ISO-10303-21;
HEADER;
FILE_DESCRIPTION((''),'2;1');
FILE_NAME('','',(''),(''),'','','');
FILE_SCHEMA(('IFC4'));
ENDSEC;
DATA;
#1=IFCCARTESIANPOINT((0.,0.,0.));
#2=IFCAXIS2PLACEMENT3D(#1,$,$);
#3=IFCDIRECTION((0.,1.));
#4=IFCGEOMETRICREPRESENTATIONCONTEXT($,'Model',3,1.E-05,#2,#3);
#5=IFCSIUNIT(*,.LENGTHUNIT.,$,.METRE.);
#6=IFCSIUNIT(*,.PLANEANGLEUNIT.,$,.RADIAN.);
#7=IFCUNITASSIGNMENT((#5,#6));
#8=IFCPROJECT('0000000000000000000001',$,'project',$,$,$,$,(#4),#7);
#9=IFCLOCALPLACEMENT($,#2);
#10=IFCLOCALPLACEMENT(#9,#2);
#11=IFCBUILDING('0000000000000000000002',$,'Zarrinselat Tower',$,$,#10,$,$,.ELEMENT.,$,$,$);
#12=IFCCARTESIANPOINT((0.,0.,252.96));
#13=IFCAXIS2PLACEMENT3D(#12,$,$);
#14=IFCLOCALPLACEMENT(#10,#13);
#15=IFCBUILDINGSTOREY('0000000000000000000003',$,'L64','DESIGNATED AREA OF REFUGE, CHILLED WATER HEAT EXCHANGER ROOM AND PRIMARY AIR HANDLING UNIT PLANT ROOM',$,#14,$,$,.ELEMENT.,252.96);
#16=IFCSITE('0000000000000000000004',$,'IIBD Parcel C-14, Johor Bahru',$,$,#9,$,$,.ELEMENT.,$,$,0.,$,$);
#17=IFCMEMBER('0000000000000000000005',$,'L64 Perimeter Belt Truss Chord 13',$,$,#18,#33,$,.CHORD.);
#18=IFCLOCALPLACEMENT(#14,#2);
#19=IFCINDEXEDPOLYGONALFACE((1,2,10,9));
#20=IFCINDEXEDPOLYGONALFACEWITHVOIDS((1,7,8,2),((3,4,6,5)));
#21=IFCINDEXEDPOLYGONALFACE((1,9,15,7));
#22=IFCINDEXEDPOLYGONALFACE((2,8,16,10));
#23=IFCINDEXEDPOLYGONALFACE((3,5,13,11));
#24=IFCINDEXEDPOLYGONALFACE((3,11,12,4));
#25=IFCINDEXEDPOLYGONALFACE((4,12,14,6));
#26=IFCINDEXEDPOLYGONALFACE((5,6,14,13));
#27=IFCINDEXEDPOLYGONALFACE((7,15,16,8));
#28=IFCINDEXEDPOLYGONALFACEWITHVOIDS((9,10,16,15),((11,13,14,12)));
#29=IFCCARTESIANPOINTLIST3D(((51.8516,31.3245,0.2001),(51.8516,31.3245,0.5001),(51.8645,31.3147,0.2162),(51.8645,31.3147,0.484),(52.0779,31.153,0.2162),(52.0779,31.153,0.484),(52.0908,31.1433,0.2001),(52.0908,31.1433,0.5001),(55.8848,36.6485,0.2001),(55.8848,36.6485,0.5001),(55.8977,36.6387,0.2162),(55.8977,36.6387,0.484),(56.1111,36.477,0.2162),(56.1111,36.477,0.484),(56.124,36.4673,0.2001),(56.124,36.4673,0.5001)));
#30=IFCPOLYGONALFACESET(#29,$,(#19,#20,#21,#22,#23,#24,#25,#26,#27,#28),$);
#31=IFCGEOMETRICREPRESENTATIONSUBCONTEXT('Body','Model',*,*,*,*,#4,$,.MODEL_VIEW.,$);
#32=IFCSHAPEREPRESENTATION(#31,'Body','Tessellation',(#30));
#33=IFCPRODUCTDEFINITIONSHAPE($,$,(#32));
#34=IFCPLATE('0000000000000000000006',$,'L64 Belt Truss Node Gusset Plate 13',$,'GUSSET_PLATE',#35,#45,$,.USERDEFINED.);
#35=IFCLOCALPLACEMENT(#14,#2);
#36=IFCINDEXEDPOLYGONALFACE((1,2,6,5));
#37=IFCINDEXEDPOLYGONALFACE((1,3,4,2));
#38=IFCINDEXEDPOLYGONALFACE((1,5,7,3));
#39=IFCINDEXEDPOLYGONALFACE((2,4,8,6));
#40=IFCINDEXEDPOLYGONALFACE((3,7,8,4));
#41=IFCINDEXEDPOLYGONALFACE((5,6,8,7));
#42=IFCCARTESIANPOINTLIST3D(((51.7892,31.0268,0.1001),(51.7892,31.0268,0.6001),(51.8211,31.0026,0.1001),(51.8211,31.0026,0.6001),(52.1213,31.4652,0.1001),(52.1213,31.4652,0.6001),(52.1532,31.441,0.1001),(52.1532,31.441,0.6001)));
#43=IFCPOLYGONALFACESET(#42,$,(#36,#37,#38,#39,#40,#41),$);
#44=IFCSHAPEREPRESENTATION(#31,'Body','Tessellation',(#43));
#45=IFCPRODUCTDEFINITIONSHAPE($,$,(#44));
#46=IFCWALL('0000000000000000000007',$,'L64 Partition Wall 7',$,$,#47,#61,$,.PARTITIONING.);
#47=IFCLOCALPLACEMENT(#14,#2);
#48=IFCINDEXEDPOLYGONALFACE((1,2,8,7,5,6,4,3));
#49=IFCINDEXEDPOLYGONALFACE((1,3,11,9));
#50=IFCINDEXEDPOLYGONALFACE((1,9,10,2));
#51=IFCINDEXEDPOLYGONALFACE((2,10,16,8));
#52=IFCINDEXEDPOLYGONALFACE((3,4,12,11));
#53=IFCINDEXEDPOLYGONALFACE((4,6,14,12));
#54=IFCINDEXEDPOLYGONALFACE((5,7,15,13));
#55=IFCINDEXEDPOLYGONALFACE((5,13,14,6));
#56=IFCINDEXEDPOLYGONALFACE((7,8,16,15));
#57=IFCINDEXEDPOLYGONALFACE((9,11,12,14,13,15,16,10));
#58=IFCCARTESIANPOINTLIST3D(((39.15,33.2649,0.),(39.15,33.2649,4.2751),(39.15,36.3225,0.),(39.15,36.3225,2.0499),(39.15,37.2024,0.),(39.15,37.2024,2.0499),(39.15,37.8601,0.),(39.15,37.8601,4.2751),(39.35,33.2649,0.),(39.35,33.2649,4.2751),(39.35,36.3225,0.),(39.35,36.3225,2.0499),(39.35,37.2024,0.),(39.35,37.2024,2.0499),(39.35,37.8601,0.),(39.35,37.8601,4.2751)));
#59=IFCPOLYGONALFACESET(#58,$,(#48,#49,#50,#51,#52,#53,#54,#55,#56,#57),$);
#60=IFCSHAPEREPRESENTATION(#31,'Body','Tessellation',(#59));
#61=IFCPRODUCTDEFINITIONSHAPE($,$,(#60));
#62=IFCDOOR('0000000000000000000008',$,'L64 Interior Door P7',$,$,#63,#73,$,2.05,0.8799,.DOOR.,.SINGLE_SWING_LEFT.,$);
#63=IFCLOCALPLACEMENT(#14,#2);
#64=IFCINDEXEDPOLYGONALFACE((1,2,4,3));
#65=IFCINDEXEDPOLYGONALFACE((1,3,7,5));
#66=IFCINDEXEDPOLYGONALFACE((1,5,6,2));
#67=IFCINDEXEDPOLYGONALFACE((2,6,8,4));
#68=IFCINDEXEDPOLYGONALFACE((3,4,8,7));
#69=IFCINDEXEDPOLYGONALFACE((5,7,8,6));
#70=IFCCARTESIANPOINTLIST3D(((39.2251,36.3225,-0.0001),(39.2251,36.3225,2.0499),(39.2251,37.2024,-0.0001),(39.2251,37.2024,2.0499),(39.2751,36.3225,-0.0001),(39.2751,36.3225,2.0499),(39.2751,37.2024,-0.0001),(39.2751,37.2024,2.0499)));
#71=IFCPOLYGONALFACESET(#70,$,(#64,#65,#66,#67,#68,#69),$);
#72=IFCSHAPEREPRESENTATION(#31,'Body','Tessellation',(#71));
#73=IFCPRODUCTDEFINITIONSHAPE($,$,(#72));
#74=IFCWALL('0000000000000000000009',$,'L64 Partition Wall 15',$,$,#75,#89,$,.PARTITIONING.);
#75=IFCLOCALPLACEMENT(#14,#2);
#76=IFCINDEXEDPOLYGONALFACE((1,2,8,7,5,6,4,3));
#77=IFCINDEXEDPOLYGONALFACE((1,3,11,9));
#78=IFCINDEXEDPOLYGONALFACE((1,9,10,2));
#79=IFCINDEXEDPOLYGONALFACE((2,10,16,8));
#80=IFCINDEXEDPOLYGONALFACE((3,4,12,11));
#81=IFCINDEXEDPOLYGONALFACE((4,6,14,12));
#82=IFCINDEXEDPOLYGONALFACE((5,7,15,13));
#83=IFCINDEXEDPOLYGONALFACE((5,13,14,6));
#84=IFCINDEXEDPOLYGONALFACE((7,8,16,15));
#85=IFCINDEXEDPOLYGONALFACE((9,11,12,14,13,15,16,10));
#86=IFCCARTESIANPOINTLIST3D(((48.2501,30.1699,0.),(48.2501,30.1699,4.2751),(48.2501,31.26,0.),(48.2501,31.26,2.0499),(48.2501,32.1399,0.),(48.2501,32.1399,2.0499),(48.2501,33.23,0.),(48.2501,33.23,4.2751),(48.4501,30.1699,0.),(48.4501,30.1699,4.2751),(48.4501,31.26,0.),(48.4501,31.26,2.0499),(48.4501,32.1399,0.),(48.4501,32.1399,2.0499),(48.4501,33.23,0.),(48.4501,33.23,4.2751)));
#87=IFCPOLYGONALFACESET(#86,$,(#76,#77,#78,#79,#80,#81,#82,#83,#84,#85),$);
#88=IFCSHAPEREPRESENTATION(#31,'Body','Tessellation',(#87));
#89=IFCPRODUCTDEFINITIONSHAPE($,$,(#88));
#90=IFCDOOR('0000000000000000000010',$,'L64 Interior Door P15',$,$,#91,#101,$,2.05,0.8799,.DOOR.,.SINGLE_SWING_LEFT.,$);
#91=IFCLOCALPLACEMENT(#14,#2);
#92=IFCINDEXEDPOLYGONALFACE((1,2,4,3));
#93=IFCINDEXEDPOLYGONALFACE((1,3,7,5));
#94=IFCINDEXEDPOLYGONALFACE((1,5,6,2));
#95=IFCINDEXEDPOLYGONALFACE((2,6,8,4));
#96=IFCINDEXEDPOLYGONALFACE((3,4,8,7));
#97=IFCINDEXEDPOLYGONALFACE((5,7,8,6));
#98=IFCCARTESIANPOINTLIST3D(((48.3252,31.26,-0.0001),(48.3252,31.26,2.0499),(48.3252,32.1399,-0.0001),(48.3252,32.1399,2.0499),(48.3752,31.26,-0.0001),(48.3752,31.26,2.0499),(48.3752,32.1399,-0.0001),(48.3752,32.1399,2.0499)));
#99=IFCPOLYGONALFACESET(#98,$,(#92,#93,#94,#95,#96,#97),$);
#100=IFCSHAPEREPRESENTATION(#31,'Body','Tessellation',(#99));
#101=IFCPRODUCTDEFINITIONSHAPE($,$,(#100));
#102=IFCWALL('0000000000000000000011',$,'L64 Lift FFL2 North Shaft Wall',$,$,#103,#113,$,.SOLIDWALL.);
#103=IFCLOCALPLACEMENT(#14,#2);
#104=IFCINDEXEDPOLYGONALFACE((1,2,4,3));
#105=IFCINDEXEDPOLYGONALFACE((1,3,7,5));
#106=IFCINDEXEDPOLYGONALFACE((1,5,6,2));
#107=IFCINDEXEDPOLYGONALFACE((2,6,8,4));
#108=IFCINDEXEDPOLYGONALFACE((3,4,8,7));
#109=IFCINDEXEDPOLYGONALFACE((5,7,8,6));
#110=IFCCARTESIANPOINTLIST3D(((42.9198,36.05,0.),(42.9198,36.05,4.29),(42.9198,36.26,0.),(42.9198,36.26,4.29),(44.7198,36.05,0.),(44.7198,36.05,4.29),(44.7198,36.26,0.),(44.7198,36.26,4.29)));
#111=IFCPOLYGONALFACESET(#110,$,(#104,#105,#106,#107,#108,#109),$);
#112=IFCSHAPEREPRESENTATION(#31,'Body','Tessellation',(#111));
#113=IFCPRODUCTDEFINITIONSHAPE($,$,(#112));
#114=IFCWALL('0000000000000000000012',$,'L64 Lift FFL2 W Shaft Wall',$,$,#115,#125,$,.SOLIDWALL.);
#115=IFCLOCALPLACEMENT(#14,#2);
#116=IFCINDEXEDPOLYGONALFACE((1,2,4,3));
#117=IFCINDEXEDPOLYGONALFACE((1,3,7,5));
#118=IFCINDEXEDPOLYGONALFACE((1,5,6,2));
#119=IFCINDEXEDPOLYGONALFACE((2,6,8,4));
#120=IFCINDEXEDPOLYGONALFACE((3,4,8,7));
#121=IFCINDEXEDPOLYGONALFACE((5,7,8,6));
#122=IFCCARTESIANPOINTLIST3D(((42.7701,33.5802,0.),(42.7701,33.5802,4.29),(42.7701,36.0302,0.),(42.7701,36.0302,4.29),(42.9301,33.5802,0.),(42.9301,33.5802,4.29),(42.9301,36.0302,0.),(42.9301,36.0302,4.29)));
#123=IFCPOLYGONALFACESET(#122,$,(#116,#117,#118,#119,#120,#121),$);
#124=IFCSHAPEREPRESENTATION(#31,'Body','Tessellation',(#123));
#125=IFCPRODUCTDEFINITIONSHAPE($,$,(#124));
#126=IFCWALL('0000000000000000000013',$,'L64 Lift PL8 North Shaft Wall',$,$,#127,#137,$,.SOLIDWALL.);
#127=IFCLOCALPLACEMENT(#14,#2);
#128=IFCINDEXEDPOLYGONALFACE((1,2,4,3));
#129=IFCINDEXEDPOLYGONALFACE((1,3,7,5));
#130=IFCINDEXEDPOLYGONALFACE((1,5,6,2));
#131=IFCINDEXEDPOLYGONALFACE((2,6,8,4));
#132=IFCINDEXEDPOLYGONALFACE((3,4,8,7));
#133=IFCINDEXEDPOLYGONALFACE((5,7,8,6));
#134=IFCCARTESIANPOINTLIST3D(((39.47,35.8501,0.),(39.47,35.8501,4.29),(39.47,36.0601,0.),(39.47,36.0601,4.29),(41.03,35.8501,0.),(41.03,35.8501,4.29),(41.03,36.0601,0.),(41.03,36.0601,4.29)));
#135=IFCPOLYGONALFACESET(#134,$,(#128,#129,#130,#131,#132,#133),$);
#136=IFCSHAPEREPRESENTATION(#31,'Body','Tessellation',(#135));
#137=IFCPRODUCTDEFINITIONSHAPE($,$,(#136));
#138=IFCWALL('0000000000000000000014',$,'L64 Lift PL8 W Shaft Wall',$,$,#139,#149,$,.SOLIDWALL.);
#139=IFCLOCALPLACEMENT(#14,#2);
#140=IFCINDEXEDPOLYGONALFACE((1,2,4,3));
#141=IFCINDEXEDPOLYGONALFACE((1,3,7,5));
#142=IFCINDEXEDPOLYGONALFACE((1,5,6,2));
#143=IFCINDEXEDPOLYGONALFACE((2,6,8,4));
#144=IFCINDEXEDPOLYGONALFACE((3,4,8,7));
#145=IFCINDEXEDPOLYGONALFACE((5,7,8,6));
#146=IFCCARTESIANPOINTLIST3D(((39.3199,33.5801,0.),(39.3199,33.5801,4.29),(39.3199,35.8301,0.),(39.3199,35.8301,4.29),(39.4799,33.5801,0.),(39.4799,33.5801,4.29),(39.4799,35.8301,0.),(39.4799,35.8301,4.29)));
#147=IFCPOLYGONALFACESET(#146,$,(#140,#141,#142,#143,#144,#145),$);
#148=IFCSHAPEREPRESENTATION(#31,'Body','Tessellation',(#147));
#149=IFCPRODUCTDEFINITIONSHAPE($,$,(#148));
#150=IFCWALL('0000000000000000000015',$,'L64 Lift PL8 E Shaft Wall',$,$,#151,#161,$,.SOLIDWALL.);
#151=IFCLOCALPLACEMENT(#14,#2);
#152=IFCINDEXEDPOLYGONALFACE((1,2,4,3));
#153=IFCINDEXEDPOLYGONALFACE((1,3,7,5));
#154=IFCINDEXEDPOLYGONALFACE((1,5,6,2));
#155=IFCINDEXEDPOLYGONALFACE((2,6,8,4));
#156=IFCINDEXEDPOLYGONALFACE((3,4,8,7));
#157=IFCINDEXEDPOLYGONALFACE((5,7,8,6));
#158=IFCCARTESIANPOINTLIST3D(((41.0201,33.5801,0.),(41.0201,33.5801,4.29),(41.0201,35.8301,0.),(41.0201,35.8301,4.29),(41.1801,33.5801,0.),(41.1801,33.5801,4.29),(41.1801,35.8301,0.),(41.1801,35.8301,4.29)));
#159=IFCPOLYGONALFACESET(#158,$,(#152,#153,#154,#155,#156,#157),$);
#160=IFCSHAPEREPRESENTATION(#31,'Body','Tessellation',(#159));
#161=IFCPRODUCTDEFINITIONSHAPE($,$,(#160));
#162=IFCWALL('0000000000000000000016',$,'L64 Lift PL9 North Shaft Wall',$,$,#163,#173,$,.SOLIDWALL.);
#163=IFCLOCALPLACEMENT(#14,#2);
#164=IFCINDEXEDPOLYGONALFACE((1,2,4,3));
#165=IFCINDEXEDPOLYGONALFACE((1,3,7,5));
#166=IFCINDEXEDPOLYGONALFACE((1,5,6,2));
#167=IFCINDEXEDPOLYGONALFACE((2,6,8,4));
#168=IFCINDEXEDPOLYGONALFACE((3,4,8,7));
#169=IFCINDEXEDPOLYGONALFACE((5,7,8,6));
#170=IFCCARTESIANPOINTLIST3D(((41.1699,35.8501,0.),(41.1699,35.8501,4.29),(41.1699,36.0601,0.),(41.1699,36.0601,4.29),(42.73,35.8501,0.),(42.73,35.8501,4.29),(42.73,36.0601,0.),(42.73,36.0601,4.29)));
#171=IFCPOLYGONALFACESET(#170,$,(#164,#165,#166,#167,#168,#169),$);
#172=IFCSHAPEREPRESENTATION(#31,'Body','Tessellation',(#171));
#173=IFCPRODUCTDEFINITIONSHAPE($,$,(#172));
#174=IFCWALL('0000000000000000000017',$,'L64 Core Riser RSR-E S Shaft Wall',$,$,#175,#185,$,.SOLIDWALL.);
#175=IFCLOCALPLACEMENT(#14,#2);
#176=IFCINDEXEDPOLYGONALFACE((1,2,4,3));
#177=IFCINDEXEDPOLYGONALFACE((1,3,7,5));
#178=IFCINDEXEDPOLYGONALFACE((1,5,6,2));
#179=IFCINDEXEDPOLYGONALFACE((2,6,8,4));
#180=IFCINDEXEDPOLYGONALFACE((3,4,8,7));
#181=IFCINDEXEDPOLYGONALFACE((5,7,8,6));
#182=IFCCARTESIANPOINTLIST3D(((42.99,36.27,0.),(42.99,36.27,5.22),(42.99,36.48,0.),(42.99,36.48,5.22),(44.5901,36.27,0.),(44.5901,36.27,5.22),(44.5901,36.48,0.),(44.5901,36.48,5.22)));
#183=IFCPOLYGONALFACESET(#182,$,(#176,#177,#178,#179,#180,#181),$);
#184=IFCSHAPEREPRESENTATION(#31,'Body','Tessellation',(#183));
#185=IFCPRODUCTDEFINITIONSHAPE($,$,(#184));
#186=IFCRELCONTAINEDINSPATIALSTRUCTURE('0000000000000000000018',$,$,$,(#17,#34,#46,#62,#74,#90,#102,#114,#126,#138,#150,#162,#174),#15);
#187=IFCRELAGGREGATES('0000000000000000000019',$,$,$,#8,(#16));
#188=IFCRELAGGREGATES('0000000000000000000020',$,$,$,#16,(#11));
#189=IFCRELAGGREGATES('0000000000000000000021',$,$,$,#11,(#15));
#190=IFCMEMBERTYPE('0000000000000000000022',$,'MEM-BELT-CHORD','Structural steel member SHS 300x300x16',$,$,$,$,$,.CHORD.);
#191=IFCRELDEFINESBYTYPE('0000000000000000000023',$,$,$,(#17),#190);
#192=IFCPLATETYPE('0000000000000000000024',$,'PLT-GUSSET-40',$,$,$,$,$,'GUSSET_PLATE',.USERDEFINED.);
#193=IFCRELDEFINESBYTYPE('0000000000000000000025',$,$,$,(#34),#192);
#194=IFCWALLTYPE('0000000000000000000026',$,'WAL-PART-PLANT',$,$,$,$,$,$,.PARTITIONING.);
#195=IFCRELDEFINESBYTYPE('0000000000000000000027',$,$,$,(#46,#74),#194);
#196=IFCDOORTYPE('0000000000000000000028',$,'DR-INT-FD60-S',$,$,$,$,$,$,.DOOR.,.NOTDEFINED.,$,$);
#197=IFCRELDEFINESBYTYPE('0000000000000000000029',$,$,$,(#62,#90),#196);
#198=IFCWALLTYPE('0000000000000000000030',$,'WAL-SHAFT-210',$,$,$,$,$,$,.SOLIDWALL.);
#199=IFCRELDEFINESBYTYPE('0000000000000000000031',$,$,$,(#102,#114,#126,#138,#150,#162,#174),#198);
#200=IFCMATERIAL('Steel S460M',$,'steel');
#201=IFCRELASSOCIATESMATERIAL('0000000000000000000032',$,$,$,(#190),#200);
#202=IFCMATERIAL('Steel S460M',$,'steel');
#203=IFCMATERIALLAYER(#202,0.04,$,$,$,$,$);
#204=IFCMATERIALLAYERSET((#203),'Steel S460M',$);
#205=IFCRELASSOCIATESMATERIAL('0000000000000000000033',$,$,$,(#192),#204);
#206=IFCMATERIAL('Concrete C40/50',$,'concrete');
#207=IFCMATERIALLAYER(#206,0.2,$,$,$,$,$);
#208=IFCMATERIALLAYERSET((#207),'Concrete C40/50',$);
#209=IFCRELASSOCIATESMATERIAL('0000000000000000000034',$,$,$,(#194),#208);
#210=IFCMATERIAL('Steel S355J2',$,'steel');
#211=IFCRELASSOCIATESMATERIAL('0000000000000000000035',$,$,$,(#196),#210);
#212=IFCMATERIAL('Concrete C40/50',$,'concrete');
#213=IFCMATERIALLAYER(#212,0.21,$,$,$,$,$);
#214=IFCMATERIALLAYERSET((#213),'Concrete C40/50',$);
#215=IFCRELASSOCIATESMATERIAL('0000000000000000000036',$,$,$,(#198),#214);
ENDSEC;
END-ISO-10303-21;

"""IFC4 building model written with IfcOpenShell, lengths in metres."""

from ifc_helpers import new_model, si_unit, direction, frame, frame_2d, origin, origin_2d, place, context, subcontext, project, spatial, rectangle, hollow_rectangle, extrude, material, layer, layer_set, material_profile, profile_set, type_object, element, fill, save


model = new_model("IFC4")

# Units and contexts
model_context = context("Model", 3, precision=1e-05, world=origin(), true_north=direction((0.0, 1.0)))
body_context = subcontext(model_context, "Body", "Model", "MODEL_VIEW")
ifc_project = project(units=[si_unit("LENGTHUNIT", "METRE"), si_unit("PLANEANGLEUNIT", "RADIAN")], contexts=[model_context])

# Site, building, storey
site_placement = place(None, origin())
site = spatial("IfcSite", under=ifc_project, at=site_placement, Name="IIBD Parcel C-14, Johor Bahru", CompositionType="ELEMENT", RefElevation=0.0)
building_placement = place(site_placement, origin())
building = spatial("IfcBuilding", under=site, at=building_placement, Name="Zarrinselat Tower", CompositionType="ELEMENT")
storey_placement = place(building_placement, frame((0.0, 0.0, 252.96)))
storey = spatial("IfcBuildingStorey", under=building, at=storey_placement, Name="L64", Description="DESIGNATED AREA OF REFUGE, CHILLED WATER HEAT EXCHANGER ROOM AND PRIMARY AIR HANDLING UNIT PLANT ROOM", CompositionType="ELEMENT", Elevation=252.96)

# Member
ifc_material_1 = material(Name="Steel S460M", Category="steel")
ifc_material_profile_1 = material_profile(ifc_material_1, hollow_rectangle(XDim=0.3, YDim=0.3, WallThickness=0.0161, at=origin_2d()), Name="SHS 300x300x16")
ifc_profile_set_1 = profile_set([ifc_material_profile_1], Name="Steel S460M")
member_type_1 = type_object("IfcMemberType", Name="MEM-BELT-CHORD", Description="Structural steel member SHS 300x300x16", PredefinedType="CHORD", material=ifc_profile_set_1)
member_1_placement = place(storey_placement, frame((51.9712, 31.2339, 0.3501), z_axis=(0.603847, 0.7971, 0.0), x_axis=(-0.7971, 0.603847, 0.0)))
element("IfcMember", 1, at=member_1_placement, inside=storey, type_object=member_type_1, Name="L64 Perimeter Belt Truss Chord 13", PredefinedType="CHORD", context=body_context, shape_type="SweptSolid", body=[
    extrude(hollow_rectangle(XDim=0.3, YDim=0.3, WallThickness=0.0161, at=origin_2d()), origin(), (0.0, 0.0, 1.0), 6.6792),
])

# Plate
ifc_material_2 = material(Name="Steel S460M", Category="steel")
ifc_layer_1 = layer(ifc_material_2, 0.04)
ifc_layer_set_1 = layer_set([ifc_layer_1], Name="Steel S460M")
plate_type = type_object("IfcPlateType", Name="PLT-GUSSET-40", ElementType="GUSSET_PLATE", PredefinedType="USERDEFINED", material=ifc_layer_set_1)
plate_placement = place(storey_placement, frame((51.9712, 31.2339, 0.1001), z_axis=(0.0, 0.0, 1.0), x_axis=(0.603856, 0.797093, 0.0)))
element("IfcPlate", 2, at=plate_placement, inside=storey, type_object=plate_type, Name="L64 Belt Truss Node Gusset Plate 13", ObjectType="GUSSET_PLATE", PredefinedType="USERDEFINED", context=body_context, shape_type="SweptSolid", body=[
    extrude(rectangle(XDim=0.55, YDim=0.04, at=origin_2d()), origin(), (0.0, 0.0, 1.0), 0.5),
])

# Walls, openings, doors
ifc_material_3 = material(Name="Concrete C40/50", Category="concrete")
ifc_layer_2 = layer(ifc_material_3, 0.2)
ifc_layer_set_2 = layer_set([ifc_layer_2], Name="Concrete C40/50")
wall_type_1 = type_object("IfcWallType", Name="WAL-PART-PLANT", PredefinedType="PARTITIONING", material=ifc_layer_set_2)
wall_1_placement = place(storey_placement, frame((39.25, 33.2649, 0.0), z_axis=(0.0, 0.0, 1.0), x_axis=(0.0, 1.0, 0.0)))
wall_1 = element("IfcWall", 3, at=wall_1_placement, inside=storey, type_object=wall_type_1, Name="L64 Partition Wall 7", PredefinedType="PARTITIONING", context=body_context, shape_type="SweptSolid", body=[
    extrude(rectangle(XDim=4.5952, YDim=0.2, at=frame_2d((2.2976, 0.0))), origin(), (0.0, 0.0, 1.0), 4.2751),
])
opening_1_placement = place(wall_1_placement, frame((3.0576, 0.0, 0.0)))
opening_1 = element("IfcOpeningElement", 4, at=opening_1_placement, cuts=wall_1, PredefinedType="OPENING", context=body_context, shape_type="SweptSolid", body=[
    extrude(rectangle(XDim=0.8799, YDim=2.05, at=frame_2d((0.4399, 1.0249))), frame((0.0, 0.1099, 0.0), z_axis=(0.0, -1.0, 0.0), x_axis=(1.0, 0.0, 0.0)), (0.0, 0.0, 1.0), 0.22),
])
ifc_material_4 = material(Name="Steel S355J2", Category="steel")
door_type = type_object("IfcDoorType", Name="DR-INT-FD60-S", OperationType="NOTDEFINED", PredefinedType="DOOR", material=ifc_material_4)
door_1_placement = place(opening_1_placement, origin())
door_1 = element("IfcDoor", 5, at=door_1_placement, inside=storey, type_object=door_type, Name="L64 Interior Door P7", OperationType="SINGLE_SWING_LEFT", OverallHeight=2.05, OverallWidth=0.8799, PredefinedType="DOOR", context=body_context, shape_type="SweptSolid", body=[
    extrude(rectangle(XDim=0.8799, YDim=2.05, at=frame_2d((0.4399, 1.0249))), frame((0.0, 0.0249, 0.0), z_axis=(0.0, -1.0, 0.0), x_axis=(1.0, 0.0, 0.0)), (0.0, 0.0, 1.0), 0.05),
])
fill(opening_1, door_1)
wall_2_placement = place(storey_placement, frame((48.3501, 30.1699, 0.0), z_axis=(0.0, 0.0, 1.0), x_axis=(0.0, 1.0, 0.0)))
wall_2 = element("IfcWall", 6, at=wall_2_placement, inside=storey, type_object=wall_type_1, Name="L64 Partition Wall 15", PredefinedType="PARTITIONING", context=body_context, shape_type="SweptSolid", body=[
    extrude(rectangle(XDim=3.0601, YDim=0.2, at=frame_2d((1.53, 0.0))), origin(), (0.0, 0.0, 1.0), 4.2751),
])
opening_2_placement = place(wall_2_placement, frame((1.0901, 0.0, 0.0)))
opening_2 = element("IfcOpeningElement", 7, at=opening_2_placement, cuts=wall_2, PredefinedType="OPENING", context=body_context, shape_type="SweptSolid", body=[
    extrude(rectangle(XDim=0.8799, YDim=2.05, at=frame_2d((0.4399, 1.0249))), frame((0.0, 0.1099, 0.0), z_axis=(0.0, -1.0, 0.0), x_axis=(1.0, 0.0, 0.0)), (0.0, 0.0, 1.0), 0.22),
])
door_2_placement = place(opening_2_placement, origin())
door_2 = element("IfcDoor", 8, at=door_2_placement, inside=storey, type_object=door_type, Name="L64 Interior Door P15", OperationType="SINGLE_SWING_LEFT", OverallHeight=2.05, OverallWidth=0.8799, PredefinedType="DOOR", context=body_context, shape_type="SweptSolid", body=[
    extrude(rectangle(XDim=0.8799, YDim=2.05, at=frame_2d((0.4399, 1.0249))), frame((0.0, 0.0249, 0.0), z_axis=(0.0, -1.0, 0.0), x_axis=(1.0, 0.0, 0.0)), (0.0, 0.0, 1.0), 0.05),
])
fill(opening_2, door_2)

# Walls
ifc_material_5 = material(Name="Concrete C40/50", Category="concrete")
ifc_layer_3 = layer(ifc_material_5, 0.21)
ifc_layer_set_3 = layer_set([ifc_layer_3], Name="Concrete C40/50")
wall_type_2 = type_object("IfcWallType", Name="WAL-SHAFT-210", PredefinedType="SOLIDWALL", material=ifc_layer_set_3)
wall_3_placement = place(storey_placement, frame((42.9199, 36.155, 0.0), z_axis=(0.0, 0.0, 1.0), x_axis=(1.0, 0.0, 0.0)))
element("IfcWall", 9, at=wall_3_placement, inside=storey, type_object=wall_type_2, Name="L64 Lift FFL2 North Shaft Wall", PredefinedType="SOLIDWALL", context=body_context, shape_type="SweptSolid", body=[
    extrude(rectangle(XDim=1.8, YDim=0.21, at=frame_2d((0.8999, 0.0))), origin(), (0.0, 0.0, 1.0), 4.29),
])
wall_4_placement = place(storey_placement, frame((42.8501, 33.5801, 0.0), z_axis=(0.0, 0.0, 1.0), x_axis=(0.0, 1.0, 0.0)))
element("IfcWall", 10, at=wall_4_placement, inside=storey, type_object=wall_type_2, Name="L64 Lift FFL2 W Shaft Wall", PredefinedType="SOLIDWALL", context=body_context, shape_type="SweptSolid", body=[
    extrude(rectangle(XDim=2.45, YDim=0.1599, at=frame_2d((1.2251, 0.0))), origin(), (0.0, 0.0, 1.0), 4.29),
])
wall_5_placement = place(storey_placement, frame((39.47, 35.9551, 0.0), z_axis=(0.0, 0.0, 1.0), x_axis=(1.0, 0.0, 0.0)))
element("IfcWall", 11, at=wall_5_placement, inside=storey, type_object=wall_type_2, Name="L64 Lift PL8 North Shaft Wall", PredefinedType="SOLIDWALL", context=body_context, shape_type="SweptSolid", body=[
    extrude(rectangle(XDim=1.5601, YDim=0.21, at=frame_2d((0.78, 0.0))), origin(), (0.0, 0.0, 1.0), 4.29),
])
for number, where, z_axis, x_axis, name in (
    (12, (39.3999, 33.5801, 0.0), (0.0, 0.0, 1.0), (0.0, 1.0, 0.0), "L64 Lift PL8 W Shaft Wall"),
    (13, (41.1001, 33.5801, 0.0), (0.0, 0.0, 1.0), (0.0, 1.0, 0.0), "L64 Lift PL8 E Shaft Wall"),
):
    element("IfcWall", number, at=place(storey_placement, frame(where, z_axis=z_axis, x_axis=x_axis)), inside=storey, type_object=wall_type_2, Name=name, PredefinedType="SOLIDWALL", context=body_context, shape_type="SweptSolid", body=[
        extrude(rectangle(XDim=2.25, YDim=0.1599, at=frame_2d((1.125, 0.0))), origin(), (0.0, 0.0, 1.0), 4.29),
    ])
wall_6_placement = place(storey_placement, frame((41.1699, 35.9551, 0.0), z_axis=(0.0, 0.0, 1.0), x_axis=(1.0, 0.0, 0.0)))
element("IfcWall", 14, at=wall_6_placement, inside=storey, type_object=wall_type_2, Name="L64 Lift PL9 North Shaft Wall", PredefinedType="SOLIDWALL", context=body_context, shape_type="SweptSolid", body=[
    extrude(rectangle(XDim=1.5601, YDim=0.21, at=frame_2d((0.78, 0.0))), origin(), (0.0, 0.0, 1.0), 4.29),
])
wall_7_placement = place(storey_placement, frame((42.99, 36.375, 0.0), z_axis=(0.0, 0.0, 1.0), x_axis=(1.0, 0.0, 0.0)))
element("IfcWall", 15, at=wall_7_placement, inside=storey, type_object=wall_type_2, Name="L64 Core Riser RSR-E S Shaft Wall", PredefinedType="SOLIDWALL", context=body_context, shape_type="SweptSolid", body=[
    extrude(rectangle(XDim=1.6001, YDim=0.21, at=frame_2d((0.8, 0.0))), origin(), (0.0, 0.0, 1.0), 5.22),
])

save(model, "model.ifc")
